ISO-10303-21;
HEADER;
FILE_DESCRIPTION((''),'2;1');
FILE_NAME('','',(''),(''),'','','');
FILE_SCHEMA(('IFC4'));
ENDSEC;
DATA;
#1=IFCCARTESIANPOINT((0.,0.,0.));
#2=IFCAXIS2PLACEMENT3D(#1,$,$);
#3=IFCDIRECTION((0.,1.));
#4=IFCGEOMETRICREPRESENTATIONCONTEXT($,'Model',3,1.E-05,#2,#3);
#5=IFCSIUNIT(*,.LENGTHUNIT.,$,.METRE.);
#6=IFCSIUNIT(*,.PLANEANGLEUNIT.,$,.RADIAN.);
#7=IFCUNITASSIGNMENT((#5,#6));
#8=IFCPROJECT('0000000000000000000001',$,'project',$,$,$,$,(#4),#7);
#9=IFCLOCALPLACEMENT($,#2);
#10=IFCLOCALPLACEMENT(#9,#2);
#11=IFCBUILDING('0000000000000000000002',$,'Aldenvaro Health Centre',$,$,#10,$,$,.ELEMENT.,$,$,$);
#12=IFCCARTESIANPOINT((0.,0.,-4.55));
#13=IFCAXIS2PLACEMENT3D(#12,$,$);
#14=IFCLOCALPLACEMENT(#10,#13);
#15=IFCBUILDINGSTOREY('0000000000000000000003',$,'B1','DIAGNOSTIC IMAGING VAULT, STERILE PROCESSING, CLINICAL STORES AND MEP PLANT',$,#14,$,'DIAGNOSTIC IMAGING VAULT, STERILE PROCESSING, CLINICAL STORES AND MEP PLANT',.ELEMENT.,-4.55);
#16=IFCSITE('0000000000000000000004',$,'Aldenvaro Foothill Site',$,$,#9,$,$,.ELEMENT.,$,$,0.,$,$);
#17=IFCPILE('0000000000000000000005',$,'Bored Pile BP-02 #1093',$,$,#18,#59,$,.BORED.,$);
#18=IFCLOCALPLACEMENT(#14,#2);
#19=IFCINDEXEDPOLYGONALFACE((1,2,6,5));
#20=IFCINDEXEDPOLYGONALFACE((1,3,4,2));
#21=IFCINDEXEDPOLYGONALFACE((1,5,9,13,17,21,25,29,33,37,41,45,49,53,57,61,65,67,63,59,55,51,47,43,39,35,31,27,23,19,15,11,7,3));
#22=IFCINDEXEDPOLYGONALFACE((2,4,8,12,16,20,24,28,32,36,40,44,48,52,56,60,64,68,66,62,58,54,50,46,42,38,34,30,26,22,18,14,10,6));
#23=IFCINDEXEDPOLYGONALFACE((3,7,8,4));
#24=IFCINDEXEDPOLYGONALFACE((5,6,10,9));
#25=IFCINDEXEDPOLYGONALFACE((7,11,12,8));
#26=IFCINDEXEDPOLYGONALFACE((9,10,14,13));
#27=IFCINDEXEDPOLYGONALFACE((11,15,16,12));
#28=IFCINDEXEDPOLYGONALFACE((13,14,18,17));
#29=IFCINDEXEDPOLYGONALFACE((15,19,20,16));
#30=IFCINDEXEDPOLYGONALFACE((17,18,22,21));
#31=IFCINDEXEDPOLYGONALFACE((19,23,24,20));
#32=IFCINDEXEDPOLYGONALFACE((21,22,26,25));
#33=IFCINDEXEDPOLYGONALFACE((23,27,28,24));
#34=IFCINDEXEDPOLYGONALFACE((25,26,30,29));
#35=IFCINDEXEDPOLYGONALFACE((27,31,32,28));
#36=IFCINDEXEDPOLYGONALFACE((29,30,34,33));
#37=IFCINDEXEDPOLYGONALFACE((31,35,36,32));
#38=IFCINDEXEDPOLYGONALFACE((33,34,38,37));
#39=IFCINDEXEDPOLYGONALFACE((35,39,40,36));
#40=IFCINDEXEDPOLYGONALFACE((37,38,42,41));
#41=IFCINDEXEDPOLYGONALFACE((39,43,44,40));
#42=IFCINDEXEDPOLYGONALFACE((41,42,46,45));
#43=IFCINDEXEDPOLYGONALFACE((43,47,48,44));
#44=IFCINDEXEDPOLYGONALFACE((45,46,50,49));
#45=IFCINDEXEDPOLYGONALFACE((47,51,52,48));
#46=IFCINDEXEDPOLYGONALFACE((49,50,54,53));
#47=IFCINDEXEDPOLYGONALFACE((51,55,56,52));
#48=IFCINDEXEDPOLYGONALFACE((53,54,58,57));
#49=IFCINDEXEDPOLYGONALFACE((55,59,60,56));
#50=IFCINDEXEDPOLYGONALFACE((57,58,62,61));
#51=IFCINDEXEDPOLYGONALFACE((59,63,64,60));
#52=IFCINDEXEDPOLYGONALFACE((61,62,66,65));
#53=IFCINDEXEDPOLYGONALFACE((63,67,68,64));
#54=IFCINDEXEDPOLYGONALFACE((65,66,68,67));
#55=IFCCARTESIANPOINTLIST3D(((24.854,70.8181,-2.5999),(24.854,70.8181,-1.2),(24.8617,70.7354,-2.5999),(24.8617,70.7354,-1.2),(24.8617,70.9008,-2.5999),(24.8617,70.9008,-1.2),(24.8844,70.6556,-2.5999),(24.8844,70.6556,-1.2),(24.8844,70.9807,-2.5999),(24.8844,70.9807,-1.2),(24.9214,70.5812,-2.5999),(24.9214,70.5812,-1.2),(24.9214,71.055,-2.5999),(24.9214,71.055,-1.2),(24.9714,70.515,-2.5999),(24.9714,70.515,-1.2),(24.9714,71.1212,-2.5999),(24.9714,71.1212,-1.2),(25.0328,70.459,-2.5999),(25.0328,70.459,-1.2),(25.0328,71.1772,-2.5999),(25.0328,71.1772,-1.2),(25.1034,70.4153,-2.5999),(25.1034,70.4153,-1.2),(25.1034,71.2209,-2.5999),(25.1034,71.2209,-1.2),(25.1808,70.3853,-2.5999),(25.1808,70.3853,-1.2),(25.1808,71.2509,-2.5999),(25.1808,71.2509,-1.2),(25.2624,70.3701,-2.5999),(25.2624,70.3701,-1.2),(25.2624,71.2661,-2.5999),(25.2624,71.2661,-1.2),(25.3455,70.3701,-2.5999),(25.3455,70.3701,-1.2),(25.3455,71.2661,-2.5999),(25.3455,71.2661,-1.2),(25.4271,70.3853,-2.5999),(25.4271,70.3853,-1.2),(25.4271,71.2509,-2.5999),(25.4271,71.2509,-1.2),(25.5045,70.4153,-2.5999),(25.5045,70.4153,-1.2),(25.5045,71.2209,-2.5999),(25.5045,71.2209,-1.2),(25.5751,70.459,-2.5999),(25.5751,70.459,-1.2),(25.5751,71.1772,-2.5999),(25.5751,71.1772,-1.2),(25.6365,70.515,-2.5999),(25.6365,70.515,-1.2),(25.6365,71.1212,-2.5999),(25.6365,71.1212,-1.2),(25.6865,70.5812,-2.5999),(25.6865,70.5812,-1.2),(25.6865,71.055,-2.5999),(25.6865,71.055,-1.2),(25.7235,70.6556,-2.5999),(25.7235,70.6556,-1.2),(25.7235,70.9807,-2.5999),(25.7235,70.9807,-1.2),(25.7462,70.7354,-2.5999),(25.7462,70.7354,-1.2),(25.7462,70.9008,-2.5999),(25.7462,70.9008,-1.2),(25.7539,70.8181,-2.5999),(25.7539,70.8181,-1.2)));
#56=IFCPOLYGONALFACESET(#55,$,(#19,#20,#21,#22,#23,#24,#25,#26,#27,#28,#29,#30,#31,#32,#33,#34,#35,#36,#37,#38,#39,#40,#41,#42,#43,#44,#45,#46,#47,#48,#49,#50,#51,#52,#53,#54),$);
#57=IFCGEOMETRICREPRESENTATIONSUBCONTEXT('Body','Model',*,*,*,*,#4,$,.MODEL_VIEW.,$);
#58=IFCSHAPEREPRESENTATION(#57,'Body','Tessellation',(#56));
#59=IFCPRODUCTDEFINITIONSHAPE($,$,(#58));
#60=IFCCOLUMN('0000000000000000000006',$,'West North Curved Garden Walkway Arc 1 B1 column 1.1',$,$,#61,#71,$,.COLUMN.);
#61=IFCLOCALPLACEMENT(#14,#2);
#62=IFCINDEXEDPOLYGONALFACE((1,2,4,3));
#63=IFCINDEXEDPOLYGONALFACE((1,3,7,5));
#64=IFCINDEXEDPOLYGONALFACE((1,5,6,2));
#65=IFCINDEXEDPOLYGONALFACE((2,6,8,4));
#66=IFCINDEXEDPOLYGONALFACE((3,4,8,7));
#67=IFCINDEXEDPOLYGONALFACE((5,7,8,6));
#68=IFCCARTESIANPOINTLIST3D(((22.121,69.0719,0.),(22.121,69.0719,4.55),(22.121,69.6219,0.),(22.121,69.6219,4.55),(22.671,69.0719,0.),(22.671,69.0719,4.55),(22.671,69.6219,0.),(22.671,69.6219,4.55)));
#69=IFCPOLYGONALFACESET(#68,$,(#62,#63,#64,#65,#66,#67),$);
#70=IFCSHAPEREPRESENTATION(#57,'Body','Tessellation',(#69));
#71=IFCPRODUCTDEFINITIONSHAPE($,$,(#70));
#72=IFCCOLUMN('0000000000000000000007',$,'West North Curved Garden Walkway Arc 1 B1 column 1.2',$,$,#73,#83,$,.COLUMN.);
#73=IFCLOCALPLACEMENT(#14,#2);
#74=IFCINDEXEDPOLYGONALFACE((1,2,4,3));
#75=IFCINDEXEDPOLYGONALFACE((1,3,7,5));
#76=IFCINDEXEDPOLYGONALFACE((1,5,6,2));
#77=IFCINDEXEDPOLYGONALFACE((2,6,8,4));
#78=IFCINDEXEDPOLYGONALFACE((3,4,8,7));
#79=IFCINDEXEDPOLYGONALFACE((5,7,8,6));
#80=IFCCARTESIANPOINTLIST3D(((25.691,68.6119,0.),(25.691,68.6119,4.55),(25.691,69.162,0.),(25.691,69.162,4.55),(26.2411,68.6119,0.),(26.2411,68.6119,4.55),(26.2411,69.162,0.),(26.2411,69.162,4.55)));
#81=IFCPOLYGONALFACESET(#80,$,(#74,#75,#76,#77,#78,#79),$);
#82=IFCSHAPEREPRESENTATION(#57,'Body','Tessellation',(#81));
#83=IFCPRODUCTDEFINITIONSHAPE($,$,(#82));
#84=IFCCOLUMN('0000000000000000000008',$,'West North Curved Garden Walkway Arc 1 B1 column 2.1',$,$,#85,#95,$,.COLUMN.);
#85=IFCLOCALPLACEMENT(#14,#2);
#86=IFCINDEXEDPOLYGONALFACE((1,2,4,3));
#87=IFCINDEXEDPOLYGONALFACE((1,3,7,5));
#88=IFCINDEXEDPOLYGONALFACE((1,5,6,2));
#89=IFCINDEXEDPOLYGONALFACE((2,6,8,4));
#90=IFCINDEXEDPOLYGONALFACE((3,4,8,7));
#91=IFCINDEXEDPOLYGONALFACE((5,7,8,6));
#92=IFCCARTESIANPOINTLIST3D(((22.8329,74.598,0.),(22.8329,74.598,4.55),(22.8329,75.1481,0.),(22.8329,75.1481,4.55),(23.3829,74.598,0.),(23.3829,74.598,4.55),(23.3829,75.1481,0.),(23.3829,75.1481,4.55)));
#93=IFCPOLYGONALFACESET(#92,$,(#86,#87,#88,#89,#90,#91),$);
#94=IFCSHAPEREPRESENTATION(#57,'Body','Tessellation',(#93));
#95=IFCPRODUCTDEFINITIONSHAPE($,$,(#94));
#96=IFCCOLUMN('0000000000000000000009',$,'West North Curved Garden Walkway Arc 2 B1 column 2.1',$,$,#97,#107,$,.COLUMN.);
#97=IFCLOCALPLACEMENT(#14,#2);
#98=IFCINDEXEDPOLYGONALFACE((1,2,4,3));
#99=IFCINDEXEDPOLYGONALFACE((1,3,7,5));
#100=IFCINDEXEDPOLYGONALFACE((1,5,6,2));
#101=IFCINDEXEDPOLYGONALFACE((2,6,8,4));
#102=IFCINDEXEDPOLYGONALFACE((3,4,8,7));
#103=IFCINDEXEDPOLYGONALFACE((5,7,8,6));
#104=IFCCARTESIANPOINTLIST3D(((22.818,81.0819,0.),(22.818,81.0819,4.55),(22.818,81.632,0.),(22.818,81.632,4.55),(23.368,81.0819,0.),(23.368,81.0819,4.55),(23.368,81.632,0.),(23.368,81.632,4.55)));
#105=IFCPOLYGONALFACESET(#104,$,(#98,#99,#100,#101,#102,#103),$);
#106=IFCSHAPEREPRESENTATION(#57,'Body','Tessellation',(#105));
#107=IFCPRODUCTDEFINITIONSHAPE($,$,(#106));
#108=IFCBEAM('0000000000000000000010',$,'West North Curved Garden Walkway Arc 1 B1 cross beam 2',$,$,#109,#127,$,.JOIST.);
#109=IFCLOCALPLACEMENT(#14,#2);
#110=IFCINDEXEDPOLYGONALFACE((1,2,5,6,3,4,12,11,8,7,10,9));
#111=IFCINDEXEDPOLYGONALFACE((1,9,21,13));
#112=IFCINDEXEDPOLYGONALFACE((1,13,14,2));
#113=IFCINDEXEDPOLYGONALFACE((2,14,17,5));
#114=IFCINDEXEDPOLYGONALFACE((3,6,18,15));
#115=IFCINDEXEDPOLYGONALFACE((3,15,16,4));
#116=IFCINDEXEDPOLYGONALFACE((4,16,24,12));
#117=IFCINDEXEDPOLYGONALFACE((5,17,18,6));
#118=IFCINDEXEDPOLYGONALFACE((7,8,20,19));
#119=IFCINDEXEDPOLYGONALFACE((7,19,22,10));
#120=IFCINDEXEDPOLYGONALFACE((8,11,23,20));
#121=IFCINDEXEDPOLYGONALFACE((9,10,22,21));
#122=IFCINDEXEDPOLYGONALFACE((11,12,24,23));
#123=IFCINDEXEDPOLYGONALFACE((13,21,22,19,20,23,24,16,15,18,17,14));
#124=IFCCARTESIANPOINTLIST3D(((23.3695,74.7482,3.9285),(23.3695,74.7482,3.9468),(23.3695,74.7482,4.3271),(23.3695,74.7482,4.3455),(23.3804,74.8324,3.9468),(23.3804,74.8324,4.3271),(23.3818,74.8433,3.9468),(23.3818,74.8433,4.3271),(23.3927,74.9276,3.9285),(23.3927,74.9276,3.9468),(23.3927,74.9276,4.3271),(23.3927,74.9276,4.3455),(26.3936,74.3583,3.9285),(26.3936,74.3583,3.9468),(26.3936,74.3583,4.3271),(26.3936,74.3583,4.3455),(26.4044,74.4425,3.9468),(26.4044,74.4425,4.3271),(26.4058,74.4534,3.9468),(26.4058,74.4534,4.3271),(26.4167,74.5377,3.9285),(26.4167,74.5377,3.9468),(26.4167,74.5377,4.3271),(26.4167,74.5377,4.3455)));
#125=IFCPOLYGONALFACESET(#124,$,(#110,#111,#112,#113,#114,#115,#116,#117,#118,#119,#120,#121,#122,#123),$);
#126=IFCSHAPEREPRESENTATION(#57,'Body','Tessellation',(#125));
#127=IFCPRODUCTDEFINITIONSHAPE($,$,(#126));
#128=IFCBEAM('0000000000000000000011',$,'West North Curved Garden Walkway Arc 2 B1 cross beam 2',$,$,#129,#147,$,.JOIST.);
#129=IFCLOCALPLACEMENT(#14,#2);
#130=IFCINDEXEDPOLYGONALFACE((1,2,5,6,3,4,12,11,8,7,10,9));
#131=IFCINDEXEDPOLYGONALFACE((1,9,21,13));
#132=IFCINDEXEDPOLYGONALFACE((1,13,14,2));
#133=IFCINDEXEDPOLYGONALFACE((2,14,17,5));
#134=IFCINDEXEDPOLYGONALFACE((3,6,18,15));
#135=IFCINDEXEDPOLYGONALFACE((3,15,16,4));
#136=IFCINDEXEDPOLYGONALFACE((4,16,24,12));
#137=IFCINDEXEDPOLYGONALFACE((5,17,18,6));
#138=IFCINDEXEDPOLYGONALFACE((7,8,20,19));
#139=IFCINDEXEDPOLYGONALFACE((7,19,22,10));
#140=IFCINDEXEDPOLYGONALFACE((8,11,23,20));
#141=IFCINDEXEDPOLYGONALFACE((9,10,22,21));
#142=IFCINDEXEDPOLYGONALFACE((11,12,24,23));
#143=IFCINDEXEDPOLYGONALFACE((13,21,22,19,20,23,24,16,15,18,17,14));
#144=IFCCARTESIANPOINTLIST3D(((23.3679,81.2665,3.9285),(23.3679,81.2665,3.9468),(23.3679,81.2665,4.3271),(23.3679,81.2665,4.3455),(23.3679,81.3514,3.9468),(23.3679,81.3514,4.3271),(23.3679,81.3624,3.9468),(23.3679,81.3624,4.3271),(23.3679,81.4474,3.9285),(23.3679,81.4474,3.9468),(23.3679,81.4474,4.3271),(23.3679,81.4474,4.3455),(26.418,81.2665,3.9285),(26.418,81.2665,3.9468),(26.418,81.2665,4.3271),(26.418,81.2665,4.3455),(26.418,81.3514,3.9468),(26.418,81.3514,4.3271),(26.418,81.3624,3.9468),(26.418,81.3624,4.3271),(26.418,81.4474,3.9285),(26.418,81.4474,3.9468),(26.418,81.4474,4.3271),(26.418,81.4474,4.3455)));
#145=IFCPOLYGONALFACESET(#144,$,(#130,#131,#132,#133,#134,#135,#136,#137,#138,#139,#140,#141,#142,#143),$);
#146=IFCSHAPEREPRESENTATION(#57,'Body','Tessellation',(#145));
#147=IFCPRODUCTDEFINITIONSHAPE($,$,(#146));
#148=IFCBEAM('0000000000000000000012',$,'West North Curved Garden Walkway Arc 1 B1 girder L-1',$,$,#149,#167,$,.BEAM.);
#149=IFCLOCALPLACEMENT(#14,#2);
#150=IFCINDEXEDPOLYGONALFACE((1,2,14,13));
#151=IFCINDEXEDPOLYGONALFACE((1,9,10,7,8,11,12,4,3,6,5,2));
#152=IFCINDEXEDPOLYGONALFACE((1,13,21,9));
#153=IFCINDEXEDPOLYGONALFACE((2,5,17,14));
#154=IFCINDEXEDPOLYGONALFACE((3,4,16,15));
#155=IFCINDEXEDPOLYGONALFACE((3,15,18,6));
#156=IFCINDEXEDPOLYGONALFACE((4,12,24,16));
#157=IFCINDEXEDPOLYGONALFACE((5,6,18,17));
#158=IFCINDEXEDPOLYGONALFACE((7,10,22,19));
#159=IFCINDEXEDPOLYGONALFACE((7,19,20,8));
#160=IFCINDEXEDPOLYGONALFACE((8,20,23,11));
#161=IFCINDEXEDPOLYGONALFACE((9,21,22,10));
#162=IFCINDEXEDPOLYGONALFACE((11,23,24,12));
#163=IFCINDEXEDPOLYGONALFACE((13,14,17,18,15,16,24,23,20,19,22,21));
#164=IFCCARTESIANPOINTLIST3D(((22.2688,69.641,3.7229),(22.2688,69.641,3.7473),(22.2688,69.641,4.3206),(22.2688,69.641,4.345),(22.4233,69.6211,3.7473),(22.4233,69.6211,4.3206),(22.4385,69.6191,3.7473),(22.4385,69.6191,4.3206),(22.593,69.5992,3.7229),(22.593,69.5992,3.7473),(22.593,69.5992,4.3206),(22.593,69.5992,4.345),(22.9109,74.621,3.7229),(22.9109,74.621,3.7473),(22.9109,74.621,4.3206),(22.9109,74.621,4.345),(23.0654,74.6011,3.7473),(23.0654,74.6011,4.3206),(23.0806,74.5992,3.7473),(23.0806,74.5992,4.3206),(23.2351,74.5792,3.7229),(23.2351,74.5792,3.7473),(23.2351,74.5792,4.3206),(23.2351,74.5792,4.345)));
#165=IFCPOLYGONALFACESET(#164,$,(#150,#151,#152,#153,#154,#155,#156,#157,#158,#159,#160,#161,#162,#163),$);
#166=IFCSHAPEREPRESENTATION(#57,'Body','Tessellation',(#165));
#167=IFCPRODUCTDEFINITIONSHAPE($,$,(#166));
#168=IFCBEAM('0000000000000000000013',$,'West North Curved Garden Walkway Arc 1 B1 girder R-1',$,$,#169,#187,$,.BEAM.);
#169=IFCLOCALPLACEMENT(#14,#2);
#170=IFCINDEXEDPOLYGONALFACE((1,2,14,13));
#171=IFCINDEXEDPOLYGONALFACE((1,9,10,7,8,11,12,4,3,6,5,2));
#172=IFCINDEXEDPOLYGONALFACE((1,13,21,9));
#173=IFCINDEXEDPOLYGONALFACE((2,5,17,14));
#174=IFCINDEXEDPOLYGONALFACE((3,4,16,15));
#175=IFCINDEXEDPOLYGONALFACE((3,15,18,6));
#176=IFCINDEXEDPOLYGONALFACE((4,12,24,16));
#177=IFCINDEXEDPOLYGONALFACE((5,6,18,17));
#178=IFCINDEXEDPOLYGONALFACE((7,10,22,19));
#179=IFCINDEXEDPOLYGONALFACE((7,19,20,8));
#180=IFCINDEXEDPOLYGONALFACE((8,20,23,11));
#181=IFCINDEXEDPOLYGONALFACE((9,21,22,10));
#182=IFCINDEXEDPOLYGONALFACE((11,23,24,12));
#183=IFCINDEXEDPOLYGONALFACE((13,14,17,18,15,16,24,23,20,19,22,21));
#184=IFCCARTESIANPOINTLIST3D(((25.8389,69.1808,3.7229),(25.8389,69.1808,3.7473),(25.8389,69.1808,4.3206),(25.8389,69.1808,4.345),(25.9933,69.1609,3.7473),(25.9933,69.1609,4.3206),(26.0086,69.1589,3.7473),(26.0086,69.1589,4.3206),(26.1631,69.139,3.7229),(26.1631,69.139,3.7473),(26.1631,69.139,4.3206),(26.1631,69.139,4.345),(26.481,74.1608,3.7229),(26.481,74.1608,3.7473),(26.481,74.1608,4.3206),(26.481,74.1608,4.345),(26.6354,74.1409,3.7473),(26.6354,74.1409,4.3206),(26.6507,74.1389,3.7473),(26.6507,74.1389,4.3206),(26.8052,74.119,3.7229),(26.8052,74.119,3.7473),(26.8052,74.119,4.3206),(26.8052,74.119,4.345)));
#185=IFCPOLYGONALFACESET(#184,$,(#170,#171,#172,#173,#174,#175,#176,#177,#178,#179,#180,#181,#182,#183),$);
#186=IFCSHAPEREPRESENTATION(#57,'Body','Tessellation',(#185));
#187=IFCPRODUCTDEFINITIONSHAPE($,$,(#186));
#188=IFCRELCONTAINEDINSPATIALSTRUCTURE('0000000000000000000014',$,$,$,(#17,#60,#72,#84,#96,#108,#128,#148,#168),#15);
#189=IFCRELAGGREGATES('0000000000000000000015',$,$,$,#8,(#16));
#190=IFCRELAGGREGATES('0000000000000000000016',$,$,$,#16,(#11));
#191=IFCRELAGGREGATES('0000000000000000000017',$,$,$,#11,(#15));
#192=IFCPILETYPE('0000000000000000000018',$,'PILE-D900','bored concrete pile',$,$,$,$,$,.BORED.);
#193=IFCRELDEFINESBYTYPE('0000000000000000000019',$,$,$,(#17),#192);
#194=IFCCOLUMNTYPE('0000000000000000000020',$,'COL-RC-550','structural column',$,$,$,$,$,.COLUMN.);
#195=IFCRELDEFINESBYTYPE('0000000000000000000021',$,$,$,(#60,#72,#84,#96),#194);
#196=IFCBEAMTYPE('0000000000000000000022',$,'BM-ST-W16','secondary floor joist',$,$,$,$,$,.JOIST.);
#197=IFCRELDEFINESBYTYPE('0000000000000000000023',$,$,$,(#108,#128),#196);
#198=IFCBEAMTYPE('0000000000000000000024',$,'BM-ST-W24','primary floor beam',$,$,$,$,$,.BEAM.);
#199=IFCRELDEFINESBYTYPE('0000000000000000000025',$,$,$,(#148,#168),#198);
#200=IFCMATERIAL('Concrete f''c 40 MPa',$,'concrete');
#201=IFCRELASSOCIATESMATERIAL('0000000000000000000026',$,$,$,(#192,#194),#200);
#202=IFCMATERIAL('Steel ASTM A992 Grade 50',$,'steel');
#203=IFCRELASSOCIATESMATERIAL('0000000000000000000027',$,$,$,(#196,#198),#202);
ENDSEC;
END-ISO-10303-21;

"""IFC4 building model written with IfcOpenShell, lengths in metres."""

from ifc_helpers import new_model, si_unit, direction, frame, origin, origin_2d, place, context, subcontext, project, spatial, rectangle, circle, i_section, extrude, material, material_profile, profile_set, type_object, element, save


model = new_model("IFC4")

# Units and contexts
model_context = context("Model", 3, precision=1e-05, world=origin(), true_north=direction((0.0, 1.0)))
body_context = subcontext(model_context, "Body", "Model", "MODEL_VIEW")
ifc_project = project(units=[si_unit("LENGTHUNIT", "METRE"), si_unit("PLANEANGLEUNIT", "RADIAN")], contexts=[model_context])

# Site, building, storey
site_placement = place(None, origin())
site = spatial("IfcSite", under=ifc_project, at=site_placement, Name="Aldenvaro Foothill Site", CompositionType="ELEMENT", RefElevation=0.0)
building_placement = place(site_placement, origin())
building = spatial("IfcBuilding", under=site, at=building_placement, Name="Aldenvaro Health Centre", CompositionType="ELEMENT")
storey_placement = place(building_placement, frame((0.0, 0.0, -4.55)))
storey = spatial("IfcBuildingStorey", under=building, at=storey_placement, Name="B1", Description="DIAGNOSTIC IMAGING VAULT, STERILE PROCESSING, CLINICAL STORES AND MEP PLANT", LongName="DIAGNOSTIC IMAGING VAULT, STERILE PROCESSING, CLINICAL STORES AND MEP PLANT", CompositionType="ELEMENT", Elevation=-4.55)

# Shared definitions
ifc_material_1 = material(Name="Concrete f'c 40 MPa", Category="concrete")

# Pile
ifc_material_profile_1 = material_profile(ifc_material_1, circle(Radius=0.45, at=origin_2d()), Name="PILE D900", Category="concrete")
ifc_profile_set_1 = profile_set([ifc_material_profile_1], Name="Concrete f'c 40 MPa")
pile_type_1 = type_object("IfcPileType", Name="PILE-D900", Description="bored concrete pile", PredefinedType="BORED", material=ifc_profile_set_1)
for number, where, z_axis, x_axis, name in (
    (1, (25.304, 70.8181, -1.2), (0.0, 0.0, -1.0), (1.0, 0.0, 0.0), "Bored Pile BP-02 #1093"),
):
    element("IfcPile", number, at=place(storey_placement, frame(where, z_axis=z_axis, x_axis=x_axis)), inside=storey, type_object=pile_type_1, Name=name, PredefinedType="BORED", context=body_context, shape_type="SweptSolid", body=[
        extrude(circle(Radius=0.45, at=origin_2d()), origin(), (0.0, 0.0, 1.0), 1.3999),
    ])

# Columns
ifc_material_profile_2 = material_profile(ifc_material_1, rectangle(XDim=0.55, YDim=0.55, at=origin_2d()), Name="RC 550x550", Category="concrete")
ifc_profile_set_2 = profile_set([ifc_material_profile_2], Name="Concrete f'c 40 MPa")
column_type = type_object("IfcColumnType", Name="COL-RC-550", Description="structural column", PredefinedType="COLUMN", material=ifc_profile_set_2)
for number, where, z_axis, x_axis, name in (
    (2, (22.396, 69.3469, 0.0), (0.0, 0.0, 1.0), (1.0, 0.0, 0.0), "West North Curved Garden Walkway Arc 1 B1 column 1.1"),
    (3, (25.9661, 68.887, 0.0), (0.0, 0.0, 1.0), (1.0, 0.0, 0.0), "West North Curved Garden Walkway Arc 1 B1 column 1.2"),
    (4, (23.1079, 74.873, 0.0), (0.0, 0.0, 1.0), (1.0, 0.0, 0.0), "West North Curved Garden Walkway Arc 1 B1 column 2.1"),
    (5, (23.093, 81.3569, 0.0), (0.0, 0.0, 1.0), (1.0, 0.0, 0.0), "West North Curved Garden Walkway Arc 2 B1 column 2.1"),
):
    element("IfcColumn", number, at=place(storey_placement, frame(where, z_axis=z_axis, x_axis=x_axis)), inside=storey, type_object=column_type, Name=name, PredefinedType="COLUMN", context=body_context, shape_type="SweptSolid", body=[
        extrude(rectangle(XDim=0.55, YDim=0.55, at=origin_2d()), origin(), (0.0, 0.0, 1.0), 4.55),
    ])

# Beams
ifc_material_2 = material(Name="Steel ASTM A992 Grade 50", Category="steel")
ifc_material_profile_3 = material_profile(ifc_material_2, i_section(OverallWidth=0.1809, OverallDepth=0.417, WebThickness=0.011, FlangeThickness=0.0183, at=origin_2d()), Name="W16X57", Category="steel")
ifc_profile_set_3 = profile_set([ifc_material_profile_3], Name="Steel ASTM A992 Grade 50")
beam_type_1 = type_object("IfcBeamType", Name="BM-ST-W16", Description="secondary floor joist", PredefinedType="JOIST", material=ifc_profile_set_3)
beam_1_placement = place(storey_placement, frame((23.3811, 74.8379, 4.137), z_axis=(0.99179, -0.127877, 0.0), x_axis=(0.127877, 0.99179, 0.0)))
element("IfcBeam", 6, at=beam_1_placement, inside=storey, type_object=beam_type_1, Name="West North Curved Garden Walkway Arc 1 B1 cross beam 2", PredefinedType="JOIST", context=body_context, shape_type="SweptSolid", body=[
    extrude(i_section(OverallWidth=0.1809, OverallDepth=0.417, WebThickness=0.011, FlangeThickness=0.0183, at=origin_2d()), origin(), (0.0, 0.0, 1.0), 3.0491),
])
beam_2_placement = place(storey_placement, frame((23.3679, 81.3569, 4.137), z_axis=(1.0, 0.0, 0.0), x_axis=(0.0, 1.0, 0.0)))
element("IfcBeam", 7, at=beam_2_placement, inside=storey, type_object=beam_type_1, Name="West North Curved Garden Walkway Arc 2 B1 cross beam 2", PredefinedType="JOIST", context=body_context, shape_type="SweptSolid", body=[
    extrude(i_section(OverallWidth=0.1809, OverallDepth=0.417, WebThickness=0.011, FlangeThickness=0.0183, at=origin_2d()), origin(), (0.0, 0.0, 1.0), 3.05),
])
ifc_material_profile_4 = material_profile(ifc_material_2, i_section(OverallWidth=0.3269, OverallDepth=0.6221, WebThickness=0.0154, FlangeThickness=0.0244, at=origin_2d()), Name="W24X131", Category="steel")
ifc_profile_set_4 = profile_set([ifc_material_profile_4], Name="Steel ASTM A992 Grade 50")
beam_type_2 = type_object("IfcBeamType", Name="BM-ST-W24", Description="primary floor beam", PredefinedType="BEAM", material=ifc_profile_set_4)
for number, where, z_axis, x_axis, name in (
    (8, (22.4309, 69.6201, 4.0339), (0.127876, 0.99179, 0.0), (-0.99179, 0.127876, 0.0), "West North Curved Garden Walkway Arc 1 B1 girder L-1"),
    (9, (26.001, 69.1599, 4.0339), (0.127876, 0.99179, 0.0), (-0.99179, 0.127876, 0.0), "West North Curved Garden Walkway Arc 1 B1 girder R-1"),
):
    element("IfcBeam", number, at=place(storey_placement, frame(where, z_axis=z_axis, x_axis=x_axis)), inside=storey, type_object=beam_type_2, Name=name, PredefinedType="BEAM", context=body_context, shape_type="SweptSolid", body=[
        extrude(i_section(OverallWidth=0.3269, OverallDepth=0.6221, WebThickness=0.0154, FlangeThickness=0.0244, at=origin_2d()), origin(), (0.0, 0.0, 1.0), 5.0212),
    ])

save(model, "model.ifc")
